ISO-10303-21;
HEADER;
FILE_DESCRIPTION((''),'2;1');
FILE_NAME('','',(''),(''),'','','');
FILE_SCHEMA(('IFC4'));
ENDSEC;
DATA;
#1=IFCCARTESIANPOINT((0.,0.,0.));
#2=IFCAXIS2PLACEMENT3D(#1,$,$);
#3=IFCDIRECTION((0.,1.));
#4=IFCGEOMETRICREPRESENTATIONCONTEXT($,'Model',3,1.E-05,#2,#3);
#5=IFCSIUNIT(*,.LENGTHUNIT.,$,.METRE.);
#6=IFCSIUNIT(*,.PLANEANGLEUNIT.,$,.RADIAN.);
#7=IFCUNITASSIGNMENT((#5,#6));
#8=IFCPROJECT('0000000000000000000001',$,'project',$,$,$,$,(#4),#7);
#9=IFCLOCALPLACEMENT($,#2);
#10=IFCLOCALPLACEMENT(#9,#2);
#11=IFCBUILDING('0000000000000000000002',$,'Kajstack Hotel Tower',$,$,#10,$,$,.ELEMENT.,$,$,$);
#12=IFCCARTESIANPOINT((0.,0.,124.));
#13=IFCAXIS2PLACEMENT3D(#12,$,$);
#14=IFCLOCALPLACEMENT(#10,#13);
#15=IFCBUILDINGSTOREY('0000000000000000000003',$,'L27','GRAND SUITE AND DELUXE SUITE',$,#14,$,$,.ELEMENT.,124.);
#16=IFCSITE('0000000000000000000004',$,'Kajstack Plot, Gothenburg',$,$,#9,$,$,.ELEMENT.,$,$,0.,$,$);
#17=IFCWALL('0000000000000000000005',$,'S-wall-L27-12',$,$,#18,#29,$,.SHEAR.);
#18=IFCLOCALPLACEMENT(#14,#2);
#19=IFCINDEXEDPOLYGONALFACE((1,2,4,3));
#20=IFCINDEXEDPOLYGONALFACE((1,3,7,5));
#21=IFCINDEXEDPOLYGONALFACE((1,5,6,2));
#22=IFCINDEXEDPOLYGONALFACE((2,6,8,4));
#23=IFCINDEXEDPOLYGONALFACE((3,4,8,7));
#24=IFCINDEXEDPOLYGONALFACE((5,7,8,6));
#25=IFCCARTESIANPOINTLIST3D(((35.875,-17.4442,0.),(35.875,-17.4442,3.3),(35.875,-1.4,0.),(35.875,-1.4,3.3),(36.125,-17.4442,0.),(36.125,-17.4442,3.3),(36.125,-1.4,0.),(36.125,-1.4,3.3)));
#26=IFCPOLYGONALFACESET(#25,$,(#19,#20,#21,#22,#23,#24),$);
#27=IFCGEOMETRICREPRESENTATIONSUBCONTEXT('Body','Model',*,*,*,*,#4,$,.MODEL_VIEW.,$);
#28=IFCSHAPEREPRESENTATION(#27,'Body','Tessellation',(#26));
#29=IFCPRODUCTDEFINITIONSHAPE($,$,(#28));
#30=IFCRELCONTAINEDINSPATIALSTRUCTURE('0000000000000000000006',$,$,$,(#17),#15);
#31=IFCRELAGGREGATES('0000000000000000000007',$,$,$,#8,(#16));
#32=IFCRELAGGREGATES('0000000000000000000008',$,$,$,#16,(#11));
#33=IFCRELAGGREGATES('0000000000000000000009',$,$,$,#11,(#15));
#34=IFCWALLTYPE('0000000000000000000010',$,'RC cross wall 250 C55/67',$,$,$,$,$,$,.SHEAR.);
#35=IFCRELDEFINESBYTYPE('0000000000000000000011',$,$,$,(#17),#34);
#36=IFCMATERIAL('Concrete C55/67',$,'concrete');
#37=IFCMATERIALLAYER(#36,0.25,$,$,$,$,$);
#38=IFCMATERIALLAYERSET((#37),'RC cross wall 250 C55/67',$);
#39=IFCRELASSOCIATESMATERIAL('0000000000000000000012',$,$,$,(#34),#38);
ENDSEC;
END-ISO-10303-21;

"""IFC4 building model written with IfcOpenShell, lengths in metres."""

from ifc_helpers import new_model, si_unit, direction, frame, frame_2d, origin, place, context, subcontext, project, spatial, rectangle, extrude, material, layer, layer_set, type_object, element, save


model = new_model("IFC4")

# Units and contexts
model_context = context("Model", 3, precision=1e-05, world=origin(), true_north=direction((0.0, 1.0)))
body_context = subcontext(model_context, "Body", "Model", "MODEL_VIEW")
ifc_project = project(units=[si_unit("LENGTHUNIT", "METRE"), si_unit("PLANEANGLEUNIT", "RADIAN")], contexts=[model_context])

# Site, building, storey
site_placement = place(None, origin())
site = spatial("IfcSite", under=ifc_project, at=site_placement, Name="Kajstack Plot, Gothenburg", CompositionType="ELEMENT", RefElevation=0.0)
building_placement = place(site_placement, origin())
building = spatial("IfcBuilding", under=site, at=building_placement, Name="Kajstack Hotel Tower", CompositionType="ELEMENT")
storey_placement = place(building_placement, frame((0.0, 0.0, 124.0)))
storey = spatial("IfcBuildingStorey", under=building, at=storey_placement, Name="L27", Description="GRAND SUITE AND DELUXE SUITE", CompositionType="ELEMENT", Elevation=124.0)

# Wall
ifc_material_1 = material(Name="Concrete C55/67", Category="concrete")
ifc_layer_1 = layer(ifc_material_1, 0.25)
ifc_layer_set_1 = layer_set([ifc_layer_1], Name="RC cross wall 250 C55/67")
wall_type_1 = type_object("IfcWallType", Name="RC cross wall 250 C55/67", PredefinedType="SHEAR", material=ifc_layer_set_1)
wall_1_placement = place(storey_placement, frame((36.0, -17.4441, 0.0), z_axis=(0.0, 0.0, 1.0), x_axis=(0.0, 1.0, 0.0)))
element("IfcWall", 1, at=wall_1_placement, inside=storey, type_object=wall_type_1, Name="S-wall-L27-12", PredefinedType="SHEAR", context=body_context, shape_type="SweptSolid", body=[
    extrude(rectangle(XDim=16.0442, YDim=0.25, at=frame_2d((8.022, 0.0))), origin(), (0.0, 0.0, 1.0), 3.3),
])

save(model, "model.ifc")
